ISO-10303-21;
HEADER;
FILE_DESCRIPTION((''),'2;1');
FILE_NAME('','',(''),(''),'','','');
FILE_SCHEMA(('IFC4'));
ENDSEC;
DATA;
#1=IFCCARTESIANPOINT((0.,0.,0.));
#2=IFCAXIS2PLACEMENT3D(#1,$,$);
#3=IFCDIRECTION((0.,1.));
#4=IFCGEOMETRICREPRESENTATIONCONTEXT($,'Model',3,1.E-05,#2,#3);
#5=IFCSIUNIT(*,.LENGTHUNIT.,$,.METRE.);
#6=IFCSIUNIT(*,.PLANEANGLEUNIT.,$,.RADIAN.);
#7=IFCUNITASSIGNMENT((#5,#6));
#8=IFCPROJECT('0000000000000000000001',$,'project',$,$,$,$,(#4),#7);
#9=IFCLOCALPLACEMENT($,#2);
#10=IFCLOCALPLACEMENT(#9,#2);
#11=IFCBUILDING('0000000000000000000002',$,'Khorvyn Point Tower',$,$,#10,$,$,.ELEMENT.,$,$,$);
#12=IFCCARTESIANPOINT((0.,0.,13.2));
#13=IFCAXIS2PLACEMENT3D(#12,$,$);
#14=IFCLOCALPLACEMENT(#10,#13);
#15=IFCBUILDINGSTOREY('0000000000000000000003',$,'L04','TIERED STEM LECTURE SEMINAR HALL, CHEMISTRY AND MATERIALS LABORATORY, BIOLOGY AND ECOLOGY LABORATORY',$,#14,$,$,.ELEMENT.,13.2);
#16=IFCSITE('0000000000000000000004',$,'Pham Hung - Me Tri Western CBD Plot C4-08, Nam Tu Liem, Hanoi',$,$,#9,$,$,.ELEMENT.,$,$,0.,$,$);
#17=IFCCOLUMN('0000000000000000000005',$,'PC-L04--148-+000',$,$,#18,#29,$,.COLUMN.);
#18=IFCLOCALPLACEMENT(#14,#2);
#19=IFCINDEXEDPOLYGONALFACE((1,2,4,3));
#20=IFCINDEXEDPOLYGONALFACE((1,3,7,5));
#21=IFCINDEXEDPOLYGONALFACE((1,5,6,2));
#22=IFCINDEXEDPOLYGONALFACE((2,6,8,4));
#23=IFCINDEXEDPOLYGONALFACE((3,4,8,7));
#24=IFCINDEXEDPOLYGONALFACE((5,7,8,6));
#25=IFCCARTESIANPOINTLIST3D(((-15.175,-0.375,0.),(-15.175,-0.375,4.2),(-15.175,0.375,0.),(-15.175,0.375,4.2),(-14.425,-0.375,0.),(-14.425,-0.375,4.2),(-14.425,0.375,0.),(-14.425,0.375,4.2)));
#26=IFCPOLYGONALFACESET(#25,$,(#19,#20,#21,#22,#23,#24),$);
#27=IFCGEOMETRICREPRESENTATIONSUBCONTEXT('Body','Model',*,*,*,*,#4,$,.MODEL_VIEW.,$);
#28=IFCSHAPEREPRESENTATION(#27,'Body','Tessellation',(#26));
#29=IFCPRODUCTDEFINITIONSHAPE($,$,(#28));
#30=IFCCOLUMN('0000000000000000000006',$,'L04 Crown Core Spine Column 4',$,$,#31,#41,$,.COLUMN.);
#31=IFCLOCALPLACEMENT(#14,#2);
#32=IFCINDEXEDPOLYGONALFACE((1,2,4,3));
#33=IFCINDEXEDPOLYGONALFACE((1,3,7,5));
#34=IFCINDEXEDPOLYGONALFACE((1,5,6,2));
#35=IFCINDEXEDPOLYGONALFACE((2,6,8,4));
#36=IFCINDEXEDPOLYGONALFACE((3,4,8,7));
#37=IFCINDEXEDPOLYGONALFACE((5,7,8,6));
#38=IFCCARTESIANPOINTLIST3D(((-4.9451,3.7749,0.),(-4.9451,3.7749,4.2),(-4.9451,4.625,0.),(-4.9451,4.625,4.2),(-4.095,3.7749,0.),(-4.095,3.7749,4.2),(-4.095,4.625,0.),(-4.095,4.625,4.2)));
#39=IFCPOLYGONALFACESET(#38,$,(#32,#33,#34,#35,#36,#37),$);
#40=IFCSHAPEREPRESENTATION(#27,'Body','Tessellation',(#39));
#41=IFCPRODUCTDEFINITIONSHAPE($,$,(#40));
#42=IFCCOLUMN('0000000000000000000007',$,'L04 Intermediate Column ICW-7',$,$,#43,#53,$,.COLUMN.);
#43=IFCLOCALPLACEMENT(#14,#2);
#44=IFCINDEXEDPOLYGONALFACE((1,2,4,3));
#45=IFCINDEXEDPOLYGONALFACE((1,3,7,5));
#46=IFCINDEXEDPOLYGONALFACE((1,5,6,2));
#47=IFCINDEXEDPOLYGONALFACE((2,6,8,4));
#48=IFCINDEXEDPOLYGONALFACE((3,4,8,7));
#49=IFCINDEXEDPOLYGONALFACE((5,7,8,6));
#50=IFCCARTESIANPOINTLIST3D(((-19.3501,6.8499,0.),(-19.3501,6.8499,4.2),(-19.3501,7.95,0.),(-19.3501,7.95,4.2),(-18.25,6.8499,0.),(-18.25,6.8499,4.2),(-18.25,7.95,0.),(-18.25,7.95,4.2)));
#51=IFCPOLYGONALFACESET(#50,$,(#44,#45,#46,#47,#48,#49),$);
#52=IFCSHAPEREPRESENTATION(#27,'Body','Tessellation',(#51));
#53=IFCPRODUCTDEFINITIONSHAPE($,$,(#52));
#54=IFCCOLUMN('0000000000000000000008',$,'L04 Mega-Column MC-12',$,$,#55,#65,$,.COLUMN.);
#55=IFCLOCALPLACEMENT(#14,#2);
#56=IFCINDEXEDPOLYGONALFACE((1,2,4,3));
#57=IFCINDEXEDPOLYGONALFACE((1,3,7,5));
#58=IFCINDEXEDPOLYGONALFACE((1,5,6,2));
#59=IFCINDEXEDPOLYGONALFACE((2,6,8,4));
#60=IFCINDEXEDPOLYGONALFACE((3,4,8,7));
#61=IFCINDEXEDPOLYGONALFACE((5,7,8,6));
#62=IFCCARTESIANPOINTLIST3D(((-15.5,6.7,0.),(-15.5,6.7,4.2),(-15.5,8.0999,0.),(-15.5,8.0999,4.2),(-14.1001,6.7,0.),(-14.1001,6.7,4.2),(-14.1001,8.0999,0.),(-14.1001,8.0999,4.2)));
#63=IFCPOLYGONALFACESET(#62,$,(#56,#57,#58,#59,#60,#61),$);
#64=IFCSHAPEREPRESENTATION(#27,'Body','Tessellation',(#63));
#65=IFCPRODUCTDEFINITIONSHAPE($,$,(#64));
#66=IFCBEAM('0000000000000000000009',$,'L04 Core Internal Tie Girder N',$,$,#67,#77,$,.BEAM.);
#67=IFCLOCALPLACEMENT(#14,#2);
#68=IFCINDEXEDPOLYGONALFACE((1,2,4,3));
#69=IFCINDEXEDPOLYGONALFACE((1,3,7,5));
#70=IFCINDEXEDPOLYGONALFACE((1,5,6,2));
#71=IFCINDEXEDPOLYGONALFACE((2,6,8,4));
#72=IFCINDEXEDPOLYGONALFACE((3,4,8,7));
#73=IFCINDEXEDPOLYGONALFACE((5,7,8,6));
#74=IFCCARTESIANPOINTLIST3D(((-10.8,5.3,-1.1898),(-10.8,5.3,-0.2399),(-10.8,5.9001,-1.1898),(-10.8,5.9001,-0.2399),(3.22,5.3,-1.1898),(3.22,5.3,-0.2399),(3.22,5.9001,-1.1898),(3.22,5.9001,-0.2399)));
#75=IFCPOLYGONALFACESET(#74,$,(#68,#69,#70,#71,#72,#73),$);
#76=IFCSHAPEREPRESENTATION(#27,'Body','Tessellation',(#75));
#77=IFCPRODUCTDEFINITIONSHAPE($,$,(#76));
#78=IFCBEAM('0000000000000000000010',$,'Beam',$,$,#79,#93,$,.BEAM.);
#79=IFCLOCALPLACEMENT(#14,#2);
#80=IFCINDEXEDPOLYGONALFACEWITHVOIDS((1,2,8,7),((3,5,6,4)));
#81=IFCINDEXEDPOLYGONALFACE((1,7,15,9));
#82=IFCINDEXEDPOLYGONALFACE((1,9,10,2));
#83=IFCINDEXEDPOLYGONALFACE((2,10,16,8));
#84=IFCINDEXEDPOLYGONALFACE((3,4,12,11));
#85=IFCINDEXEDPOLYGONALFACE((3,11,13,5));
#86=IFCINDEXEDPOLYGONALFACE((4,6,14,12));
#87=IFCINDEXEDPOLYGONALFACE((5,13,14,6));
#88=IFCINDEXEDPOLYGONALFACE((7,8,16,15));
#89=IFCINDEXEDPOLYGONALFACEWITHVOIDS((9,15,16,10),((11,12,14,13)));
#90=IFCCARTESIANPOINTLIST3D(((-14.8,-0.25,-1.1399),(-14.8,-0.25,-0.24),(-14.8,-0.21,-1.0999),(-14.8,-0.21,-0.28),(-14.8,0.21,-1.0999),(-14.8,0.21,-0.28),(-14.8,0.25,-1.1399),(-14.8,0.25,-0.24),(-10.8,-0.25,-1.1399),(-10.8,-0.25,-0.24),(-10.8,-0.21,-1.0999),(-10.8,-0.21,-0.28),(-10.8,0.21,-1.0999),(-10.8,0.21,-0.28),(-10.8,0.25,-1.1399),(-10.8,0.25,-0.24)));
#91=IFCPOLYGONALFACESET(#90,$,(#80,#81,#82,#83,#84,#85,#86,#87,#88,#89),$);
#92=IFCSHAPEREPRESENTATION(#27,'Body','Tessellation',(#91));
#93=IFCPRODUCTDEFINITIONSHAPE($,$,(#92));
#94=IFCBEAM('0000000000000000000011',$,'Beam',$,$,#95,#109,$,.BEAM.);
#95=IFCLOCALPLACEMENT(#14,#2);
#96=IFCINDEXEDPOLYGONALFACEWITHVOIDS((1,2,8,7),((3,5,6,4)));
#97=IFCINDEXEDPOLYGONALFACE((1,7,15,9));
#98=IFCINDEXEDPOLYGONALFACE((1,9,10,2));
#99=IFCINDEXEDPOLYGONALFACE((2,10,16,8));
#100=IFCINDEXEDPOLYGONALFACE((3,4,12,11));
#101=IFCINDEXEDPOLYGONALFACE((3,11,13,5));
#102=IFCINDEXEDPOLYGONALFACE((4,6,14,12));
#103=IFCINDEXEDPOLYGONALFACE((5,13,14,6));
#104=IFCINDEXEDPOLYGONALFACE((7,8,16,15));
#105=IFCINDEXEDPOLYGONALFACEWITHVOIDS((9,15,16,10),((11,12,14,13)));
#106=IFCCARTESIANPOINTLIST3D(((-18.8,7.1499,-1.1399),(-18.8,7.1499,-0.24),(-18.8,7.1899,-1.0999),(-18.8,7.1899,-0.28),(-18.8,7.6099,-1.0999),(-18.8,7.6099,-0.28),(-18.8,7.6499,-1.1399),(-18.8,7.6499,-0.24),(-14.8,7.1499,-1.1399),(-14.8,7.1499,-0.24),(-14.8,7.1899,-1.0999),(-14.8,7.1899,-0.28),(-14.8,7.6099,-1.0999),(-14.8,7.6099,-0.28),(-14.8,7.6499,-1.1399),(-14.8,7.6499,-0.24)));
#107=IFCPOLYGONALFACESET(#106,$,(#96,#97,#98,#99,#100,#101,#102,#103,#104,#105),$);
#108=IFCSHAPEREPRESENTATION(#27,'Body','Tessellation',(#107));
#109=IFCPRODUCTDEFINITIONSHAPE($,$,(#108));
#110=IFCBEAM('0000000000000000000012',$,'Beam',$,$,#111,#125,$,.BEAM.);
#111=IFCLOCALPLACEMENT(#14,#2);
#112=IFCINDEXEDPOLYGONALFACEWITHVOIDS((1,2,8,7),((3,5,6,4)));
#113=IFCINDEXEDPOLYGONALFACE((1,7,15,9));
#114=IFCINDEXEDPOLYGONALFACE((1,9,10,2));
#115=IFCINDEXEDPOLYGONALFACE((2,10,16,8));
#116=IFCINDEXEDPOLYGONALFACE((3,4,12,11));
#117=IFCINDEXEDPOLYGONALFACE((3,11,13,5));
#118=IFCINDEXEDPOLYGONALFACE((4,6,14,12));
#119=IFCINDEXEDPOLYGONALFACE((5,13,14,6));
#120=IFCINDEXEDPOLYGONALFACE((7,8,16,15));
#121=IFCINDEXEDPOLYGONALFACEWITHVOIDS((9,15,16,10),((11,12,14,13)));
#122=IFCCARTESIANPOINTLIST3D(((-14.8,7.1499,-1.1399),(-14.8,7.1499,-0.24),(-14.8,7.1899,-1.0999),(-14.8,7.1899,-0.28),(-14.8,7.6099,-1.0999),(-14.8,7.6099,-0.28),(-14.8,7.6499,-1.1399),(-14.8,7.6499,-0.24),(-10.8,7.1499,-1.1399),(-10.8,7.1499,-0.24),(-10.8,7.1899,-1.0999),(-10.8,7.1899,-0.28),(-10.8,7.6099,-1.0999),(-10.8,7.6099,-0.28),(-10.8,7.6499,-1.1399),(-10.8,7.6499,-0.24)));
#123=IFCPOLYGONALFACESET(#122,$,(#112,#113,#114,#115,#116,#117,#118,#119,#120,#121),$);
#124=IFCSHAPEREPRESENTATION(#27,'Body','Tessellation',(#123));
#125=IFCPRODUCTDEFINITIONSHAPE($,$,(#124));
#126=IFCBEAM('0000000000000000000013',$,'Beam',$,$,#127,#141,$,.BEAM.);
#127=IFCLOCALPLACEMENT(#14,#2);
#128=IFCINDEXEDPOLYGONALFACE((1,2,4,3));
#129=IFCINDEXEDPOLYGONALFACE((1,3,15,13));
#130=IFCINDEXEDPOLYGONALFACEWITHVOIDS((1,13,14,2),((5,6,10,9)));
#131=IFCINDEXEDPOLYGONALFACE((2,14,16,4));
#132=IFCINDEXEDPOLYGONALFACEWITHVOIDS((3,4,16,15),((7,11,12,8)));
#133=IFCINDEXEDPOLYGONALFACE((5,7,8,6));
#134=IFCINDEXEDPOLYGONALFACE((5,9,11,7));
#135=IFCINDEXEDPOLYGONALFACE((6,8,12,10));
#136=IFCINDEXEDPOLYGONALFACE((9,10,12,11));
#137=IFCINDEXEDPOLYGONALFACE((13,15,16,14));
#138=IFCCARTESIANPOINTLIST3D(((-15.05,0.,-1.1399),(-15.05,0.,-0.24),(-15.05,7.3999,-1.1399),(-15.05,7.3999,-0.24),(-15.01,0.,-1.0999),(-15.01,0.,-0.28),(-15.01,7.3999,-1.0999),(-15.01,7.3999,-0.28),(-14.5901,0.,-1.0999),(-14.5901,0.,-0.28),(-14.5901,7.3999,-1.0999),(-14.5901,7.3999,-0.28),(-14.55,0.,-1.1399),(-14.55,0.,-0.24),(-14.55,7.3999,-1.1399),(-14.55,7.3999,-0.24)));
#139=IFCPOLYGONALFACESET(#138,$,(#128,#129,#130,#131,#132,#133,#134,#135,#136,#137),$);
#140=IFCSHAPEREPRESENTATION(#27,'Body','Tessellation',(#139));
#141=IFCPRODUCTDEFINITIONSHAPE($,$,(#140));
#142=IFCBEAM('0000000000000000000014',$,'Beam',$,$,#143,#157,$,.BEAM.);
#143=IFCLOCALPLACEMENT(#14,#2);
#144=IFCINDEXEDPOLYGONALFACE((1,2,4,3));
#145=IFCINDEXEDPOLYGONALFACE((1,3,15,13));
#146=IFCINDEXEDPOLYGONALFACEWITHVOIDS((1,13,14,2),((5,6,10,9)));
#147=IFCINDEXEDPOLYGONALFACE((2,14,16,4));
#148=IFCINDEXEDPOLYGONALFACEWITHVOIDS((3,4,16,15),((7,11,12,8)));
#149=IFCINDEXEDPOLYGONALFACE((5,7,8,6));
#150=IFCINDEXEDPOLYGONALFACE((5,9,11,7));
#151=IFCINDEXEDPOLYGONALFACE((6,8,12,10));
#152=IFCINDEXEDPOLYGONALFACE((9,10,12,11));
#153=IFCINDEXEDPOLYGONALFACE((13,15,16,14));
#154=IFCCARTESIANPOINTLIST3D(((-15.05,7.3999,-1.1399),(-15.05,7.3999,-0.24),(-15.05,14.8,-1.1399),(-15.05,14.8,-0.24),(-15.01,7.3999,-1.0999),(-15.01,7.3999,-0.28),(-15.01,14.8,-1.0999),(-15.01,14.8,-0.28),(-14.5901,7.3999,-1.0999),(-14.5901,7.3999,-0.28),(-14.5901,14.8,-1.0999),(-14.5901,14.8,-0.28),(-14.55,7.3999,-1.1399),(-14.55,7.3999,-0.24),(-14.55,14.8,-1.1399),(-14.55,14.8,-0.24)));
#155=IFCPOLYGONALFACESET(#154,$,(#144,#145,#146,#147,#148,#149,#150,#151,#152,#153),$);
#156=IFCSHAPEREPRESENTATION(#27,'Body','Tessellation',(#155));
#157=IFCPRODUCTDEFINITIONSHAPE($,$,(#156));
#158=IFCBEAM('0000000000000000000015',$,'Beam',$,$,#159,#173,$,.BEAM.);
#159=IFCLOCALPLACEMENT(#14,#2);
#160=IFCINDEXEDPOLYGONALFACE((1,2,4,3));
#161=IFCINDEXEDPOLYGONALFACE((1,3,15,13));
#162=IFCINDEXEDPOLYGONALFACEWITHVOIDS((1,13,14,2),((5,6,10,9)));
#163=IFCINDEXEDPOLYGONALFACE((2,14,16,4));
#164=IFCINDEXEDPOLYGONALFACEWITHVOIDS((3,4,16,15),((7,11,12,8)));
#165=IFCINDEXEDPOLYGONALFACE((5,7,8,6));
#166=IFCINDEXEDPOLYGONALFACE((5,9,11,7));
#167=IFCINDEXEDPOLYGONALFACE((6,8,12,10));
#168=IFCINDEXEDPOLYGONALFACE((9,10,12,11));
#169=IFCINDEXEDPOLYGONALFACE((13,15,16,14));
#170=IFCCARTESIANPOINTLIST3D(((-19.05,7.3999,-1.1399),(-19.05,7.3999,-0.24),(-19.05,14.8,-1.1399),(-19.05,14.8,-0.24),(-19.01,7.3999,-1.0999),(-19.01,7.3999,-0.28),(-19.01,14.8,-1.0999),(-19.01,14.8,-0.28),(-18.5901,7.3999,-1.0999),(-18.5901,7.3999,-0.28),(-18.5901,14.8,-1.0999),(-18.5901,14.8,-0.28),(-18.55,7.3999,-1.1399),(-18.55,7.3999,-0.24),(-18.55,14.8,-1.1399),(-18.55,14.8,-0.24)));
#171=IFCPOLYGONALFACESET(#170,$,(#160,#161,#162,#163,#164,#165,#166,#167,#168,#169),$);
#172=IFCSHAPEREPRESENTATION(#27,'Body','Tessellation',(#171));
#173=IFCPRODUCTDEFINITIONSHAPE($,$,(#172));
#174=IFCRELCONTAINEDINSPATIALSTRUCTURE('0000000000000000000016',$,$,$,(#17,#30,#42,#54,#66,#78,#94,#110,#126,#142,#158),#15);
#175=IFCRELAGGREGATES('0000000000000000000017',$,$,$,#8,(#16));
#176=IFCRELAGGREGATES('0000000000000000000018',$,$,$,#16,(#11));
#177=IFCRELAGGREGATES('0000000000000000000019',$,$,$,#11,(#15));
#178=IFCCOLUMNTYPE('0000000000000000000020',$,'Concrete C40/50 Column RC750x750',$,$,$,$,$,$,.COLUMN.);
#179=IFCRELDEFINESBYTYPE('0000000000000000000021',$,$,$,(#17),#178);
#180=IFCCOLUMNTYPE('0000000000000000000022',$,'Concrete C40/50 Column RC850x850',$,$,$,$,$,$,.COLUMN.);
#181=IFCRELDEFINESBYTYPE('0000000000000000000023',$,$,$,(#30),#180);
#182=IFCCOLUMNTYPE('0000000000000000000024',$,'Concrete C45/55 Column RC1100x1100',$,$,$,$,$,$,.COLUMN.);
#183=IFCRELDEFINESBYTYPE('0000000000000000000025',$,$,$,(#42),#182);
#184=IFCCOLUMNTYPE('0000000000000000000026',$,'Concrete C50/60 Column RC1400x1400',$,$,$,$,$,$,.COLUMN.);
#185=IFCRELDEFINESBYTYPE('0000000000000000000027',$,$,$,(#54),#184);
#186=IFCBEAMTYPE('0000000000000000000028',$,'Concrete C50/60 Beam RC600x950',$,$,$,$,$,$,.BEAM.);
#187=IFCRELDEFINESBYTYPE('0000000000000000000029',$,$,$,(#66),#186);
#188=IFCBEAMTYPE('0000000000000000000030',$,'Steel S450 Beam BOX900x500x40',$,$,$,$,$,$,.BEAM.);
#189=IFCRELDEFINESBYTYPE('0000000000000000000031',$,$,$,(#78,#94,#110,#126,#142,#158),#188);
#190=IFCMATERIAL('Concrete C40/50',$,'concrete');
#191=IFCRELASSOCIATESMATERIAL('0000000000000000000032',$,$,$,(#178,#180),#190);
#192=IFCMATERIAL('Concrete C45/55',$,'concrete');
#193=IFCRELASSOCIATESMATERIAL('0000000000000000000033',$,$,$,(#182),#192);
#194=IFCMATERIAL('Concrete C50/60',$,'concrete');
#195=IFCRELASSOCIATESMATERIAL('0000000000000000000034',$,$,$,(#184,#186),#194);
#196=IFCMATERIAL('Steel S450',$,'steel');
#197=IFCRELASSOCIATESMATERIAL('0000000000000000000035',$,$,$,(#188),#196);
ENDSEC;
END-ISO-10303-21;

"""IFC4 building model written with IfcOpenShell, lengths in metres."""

from ifc_helpers import new_model, si_unit, direction, frame, origin, origin_2d, place, context, subcontext, project, spatial, rectangle, hollow_rectangle, extrude, material, material_profile, profile_set, type_object, element, save


model = new_model("IFC4")

# Units and contexts
model_context = context("Model", 3, precision=1e-05, world=origin(), true_north=direction((0.0, 1.0)))
body_context = subcontext(model_context, "Body", "Model", "MODEL_VIEW")
ifc_project = project(units=[si_unit("LENGTHUNIT", "METRE"), si_unit("PLANEANGLEUNIT", "RADIAN")], contexts=[model_context])

# Site, building, storey
site_placement = place(None, origin())
site = spatial("IfcSite", under=ifc_project, at=site_placement, Name="Pham Hung - Me Tri Western CBD Plot C4-08, Nam Tu Liem, Hanoi", CompositionType="ELEMENT", RefElevation=0.0)
building_placement = place(site_placement, origin())
building = spatial("IfcBuilding", under=site, at=building_placement, Name="Khorvyn Point Tower", CompositionType="ELEMENT")
storey_placement = place(building_placement, frame((0.0, 0.0, 13.2)))
storey = spatial("IfcBuildingStorey", under=building, at=storey_placement, Name="L04", Description="TIERED STEM LECTURE SEMINAR HALL, CHEMISTRY AND MATERIALS LABORATORY, BIOLOGY AND ECOLOGY LABORATORY", CompositionType="ELEMENT", Elevation=13.2)

# Columns
ifc_material_1 = material(Name="Concrete C40/50", Category="concrete")
ifc_material_profile_1 = material_profile(ifc_material_1, rectangle(XDim=0.75, YDim=0.75, at=origin_2d()))
ifc_profile_set_1 = profile_set([ifc_material_profile_1], Name="Concrete C40/50 RC750x750")
column_type_1 = type_object("IfcColumnType", Name="Concrete C40/50 Column RC750x750", PredefinedType="COLUMN", material=ifc_profile_set_1)
column_1_placement = place(storey_placement, frame((-14.8, 0.0, 0.0), z_axis=(0.0, 0.0, 1.0), x_axis=(1.0, 0.0, 0.0)))
element("IfcColumn", 1, at=column_1_placement, inside=storey, type_object=column_type_1, Name="PC-L04--148-+000", PredefinedType="COLUMN", context=body_context, shape_type="SweptSolid", body=[
    extrude(rectangle(XDim=0.75, YDim=0.75, at=origin_2d()), origin(), (0.0, 0.0, 1.0), 4.2),
])
ifc_material_profile_2 = material_profile(ifc_material_1, rectangle(XDim=0.8501, YDim=0.8501, at=origin_2d()))
ifc_profile_set_2 = profile_set([ifc_material_profile_2], Name="Concrete C40/50 RC850x850")
column_type_2 = type_object("IfcColumnType", Name="Concrete C40/50 Column RC850x850", PredefinedType="COLUMN", material=ifc_profile_set_2)
column_2_placement = place(storey_placement, frame((-4.52, 4.2, 0.0), z_axis=(0.0, 0.0, 1.0), x_axis=(1.0, 0.0, 0.0)))
element("IfcColumn", 2, at=column_2_placement, inside=storey, type_object=column_type_2, Name="L04 Crown Core Spine Column 4", PredefinedType="COLUMN", context=body_context, shape_type="SweptSolid", body=[
    extrude(rectangle(XDim=0.8501, YDim=0.8501, at=origin_2d()), origin(), (0.0, 0.0, 1.0), 4.2),
])
ifc_material_2 = material(Name="Concrete C45/55", Category="concrete")
ifc_material_profile_3 = material_profile(ifc_material_2, rectangle(XDim=1.1001, YDim=1.1001, at=origin_2d()))
ifc_profile_set_3 = profile_set([ifc_material_profile_3], Name="Concrete C45/55 RC1100x1100")
column_type_3 = type_object("IfcColumnType", Name="Concrete C45/55 Column RC1100x1100", PredefinedType="COLUMN", material=ifc_profile_set_3)
column_3_placement = place(storey_placement, frame((-18.8, 7.3999, 0.0), z_axis=(0.0, 0.0, 1.0), x_axis=(1.0, 0.0, 0.0)))
element("IfcColumn", 3, at=column_3_placement, inside=storey, type_object=column_type_3, Name="L04 Intermediate Column ICW-7", PredefinedType="COLUMN", context=body_context, shape_type="SweptSolid", body=[
    extrude(rectangle(XDim=1.1001, YDim=1.1001, at=origin_2d()), origin(), (0.0, 0.0, 1.0), 4.2),
])
ifc_material_3 = material(Name="Concrete C50/60", Category="concrete")
ifc_material_profile_4 = material_profile(ifc_material_3, rectangle(XDim=1.3999, YDim=1.3999, at=origin_2d()))
ifc_profile_set_4 = profile_set([ifc_material_profile_4], Name="Concrete C50/60 RC1400x1400")
column_type_4 = type_object("IfcColumnType", Name="Concrete C50/60 Column RC1400x1400", PredefinedType="COLUMN", material=ifc_profile_set_4)
column_4_placement = place(storey_placement, frame((-14.8, 7.3999, 0.0), z_axis=(0.0, 0.0, 1.0), x_axis=(1.0, 0.0, 0.0)))
element("IfcColumn", 4, at=column_4_placement, inside=storey, type_object=column_type_4, Name="L04 Mega-Column MC-12", PredefinedType="COLUMN", context=body_context, shape_type="SweptSolid", body=[
    extrude(rectangle(XDim=1.3999, YDim=1.3999, at=origin_2d()), origin(), (0.0, 0.0, 1.0), 4.2),
])

# Beams
ifc_material_profile_5 = material_profile(ifc_material_3, rectangle(XDim=0.6001, YDim=0.95, at=origin_2d()))
ifc_profile_set_5 = profile_set([ifc_material_profile_5], Name="Concrete C50/60 RC600x950")
beam_type_1 = type_object("IfcBeamType", Name="Concrete C50/60 Beam RC600x950", PredefinedType="BEAM", material=ifc_profile_set_5)
beam_1_placement = place(storey_placement, frame((-10.8, 5.6001, -0.7148), z_axis=(1.0, 0.0, 0.0), x_axis=(0.0, 1.0, 0.0)))
element("IfcBeam", 5, at=beam_1_placement, inside=storey, type_object=beam_type_1, Name="L04 Core Internal Tie Girder N", PredefinedType="BEAM", context=body_context, shape_type="SweptSolid", body=[
    extrude(rectangle(XDim=0.6001, YDim=0.95, at=origin_2d()), origin(), (0.0, 0.0, 1.0), 14.02),
])
ifc_material_4 = material(Name="Steel S450", Category="steel")
ifc_material_profile_6 = material_profile(ifc_material_4, hollow_rectangle(XDim=0.5, YDim=0.8999, WallThickness=0.04, at=origin_2d()))
ifc_profile_set_6 = profile_set([ifc_material_profile_6], Name="Steel S450 BOX900x500x40")
beam_type_2 = type_object("IfcBeamType", Name="Steel S450 Beam BOX900x500x40", PredefinedType="BEAM", material=ifc_profile_set_6)
for number, where, z_axis, x_axis, name in (
    (6, (-14.8, 0.0, -0.6899), (1.0, 0.0, 0.0), (0.0, 1.0, 0.0), "Beam"),
    (7, (-18.8, 7.3999, -0.6899), (1.0, 0.0, 0.0), (0.0, 1.0, 0.0), "Beam"),
    (8, (-14.8, 7.3999, -0.6899), (1.0, 0.0, 0.0), (0.0, 1.0, 0.0), "Beam"),
):
    element("IfcBeam", number, at=place(storey_placement, frame(where, z_axis=z_axis, x_axis=x_axis)), inside=storey, type_object=beam_type_2, Name=name, PredefinedType="BEAM", context=body_context, shape_type="SweptSolid", body=[
        extrude(hollow_rectangle(XDim=0.5, YDim=0.8999, WallThickness=0.04, at=origin_2d()), origin(), (0.0, 0.0, 1.0), 4.0),
    ])
beam_2_placement = place(storey_placement, frame((-14.8, 0.0, -0.6899), z_axis=(0.0, 1.0, 0.0), x_axis=(-1.0, 0.0, 0.0)))
element("IfcBeam", 9, at=beam_2_placement, inside=storey, type_object=beam_type_2, Name="Beam", PredefinedType="BEAM", context=body_context, shape_type="SweptSolid", body=[
    extrude(hollow_rectangle(XDim=0.5, YDim=0.8999, WallThickness=0.04, at=origin_2d()), origin(), (0.0, 0.0, 1.0), 7.3999),
])
for number, where, z_axis, x_axis, name in (
    (10, (-14.8, 7.3999, -0.6899), (0.0, 1.0, 0.0), (-1.0, 0.0, 0.0), "Beam"),
    (11, (-18.8, 7.3999, -0.6899), (0.0, 1.0, 0.0), (-1.0, 0.0, 0.0), "Beam"),
):
    element("IfcBeam", number, at=place(storey_placement, frame(where, z_axis=z_axis, x_axis=x_axis)), inside=storey, type_object=beam_type_2, Name=name, PredefinedType="BEAM", context=body_context, shape_type="SweptSolid", body=[
        extrude(hollow_rectangle(XDim=0.5, YDim=0.8999, WallThickness=0.04, at=origin_2d()), origin(), (0.0, 0.0, 1.0), 7.4001),
    ])

save(model, "model.ifc")
